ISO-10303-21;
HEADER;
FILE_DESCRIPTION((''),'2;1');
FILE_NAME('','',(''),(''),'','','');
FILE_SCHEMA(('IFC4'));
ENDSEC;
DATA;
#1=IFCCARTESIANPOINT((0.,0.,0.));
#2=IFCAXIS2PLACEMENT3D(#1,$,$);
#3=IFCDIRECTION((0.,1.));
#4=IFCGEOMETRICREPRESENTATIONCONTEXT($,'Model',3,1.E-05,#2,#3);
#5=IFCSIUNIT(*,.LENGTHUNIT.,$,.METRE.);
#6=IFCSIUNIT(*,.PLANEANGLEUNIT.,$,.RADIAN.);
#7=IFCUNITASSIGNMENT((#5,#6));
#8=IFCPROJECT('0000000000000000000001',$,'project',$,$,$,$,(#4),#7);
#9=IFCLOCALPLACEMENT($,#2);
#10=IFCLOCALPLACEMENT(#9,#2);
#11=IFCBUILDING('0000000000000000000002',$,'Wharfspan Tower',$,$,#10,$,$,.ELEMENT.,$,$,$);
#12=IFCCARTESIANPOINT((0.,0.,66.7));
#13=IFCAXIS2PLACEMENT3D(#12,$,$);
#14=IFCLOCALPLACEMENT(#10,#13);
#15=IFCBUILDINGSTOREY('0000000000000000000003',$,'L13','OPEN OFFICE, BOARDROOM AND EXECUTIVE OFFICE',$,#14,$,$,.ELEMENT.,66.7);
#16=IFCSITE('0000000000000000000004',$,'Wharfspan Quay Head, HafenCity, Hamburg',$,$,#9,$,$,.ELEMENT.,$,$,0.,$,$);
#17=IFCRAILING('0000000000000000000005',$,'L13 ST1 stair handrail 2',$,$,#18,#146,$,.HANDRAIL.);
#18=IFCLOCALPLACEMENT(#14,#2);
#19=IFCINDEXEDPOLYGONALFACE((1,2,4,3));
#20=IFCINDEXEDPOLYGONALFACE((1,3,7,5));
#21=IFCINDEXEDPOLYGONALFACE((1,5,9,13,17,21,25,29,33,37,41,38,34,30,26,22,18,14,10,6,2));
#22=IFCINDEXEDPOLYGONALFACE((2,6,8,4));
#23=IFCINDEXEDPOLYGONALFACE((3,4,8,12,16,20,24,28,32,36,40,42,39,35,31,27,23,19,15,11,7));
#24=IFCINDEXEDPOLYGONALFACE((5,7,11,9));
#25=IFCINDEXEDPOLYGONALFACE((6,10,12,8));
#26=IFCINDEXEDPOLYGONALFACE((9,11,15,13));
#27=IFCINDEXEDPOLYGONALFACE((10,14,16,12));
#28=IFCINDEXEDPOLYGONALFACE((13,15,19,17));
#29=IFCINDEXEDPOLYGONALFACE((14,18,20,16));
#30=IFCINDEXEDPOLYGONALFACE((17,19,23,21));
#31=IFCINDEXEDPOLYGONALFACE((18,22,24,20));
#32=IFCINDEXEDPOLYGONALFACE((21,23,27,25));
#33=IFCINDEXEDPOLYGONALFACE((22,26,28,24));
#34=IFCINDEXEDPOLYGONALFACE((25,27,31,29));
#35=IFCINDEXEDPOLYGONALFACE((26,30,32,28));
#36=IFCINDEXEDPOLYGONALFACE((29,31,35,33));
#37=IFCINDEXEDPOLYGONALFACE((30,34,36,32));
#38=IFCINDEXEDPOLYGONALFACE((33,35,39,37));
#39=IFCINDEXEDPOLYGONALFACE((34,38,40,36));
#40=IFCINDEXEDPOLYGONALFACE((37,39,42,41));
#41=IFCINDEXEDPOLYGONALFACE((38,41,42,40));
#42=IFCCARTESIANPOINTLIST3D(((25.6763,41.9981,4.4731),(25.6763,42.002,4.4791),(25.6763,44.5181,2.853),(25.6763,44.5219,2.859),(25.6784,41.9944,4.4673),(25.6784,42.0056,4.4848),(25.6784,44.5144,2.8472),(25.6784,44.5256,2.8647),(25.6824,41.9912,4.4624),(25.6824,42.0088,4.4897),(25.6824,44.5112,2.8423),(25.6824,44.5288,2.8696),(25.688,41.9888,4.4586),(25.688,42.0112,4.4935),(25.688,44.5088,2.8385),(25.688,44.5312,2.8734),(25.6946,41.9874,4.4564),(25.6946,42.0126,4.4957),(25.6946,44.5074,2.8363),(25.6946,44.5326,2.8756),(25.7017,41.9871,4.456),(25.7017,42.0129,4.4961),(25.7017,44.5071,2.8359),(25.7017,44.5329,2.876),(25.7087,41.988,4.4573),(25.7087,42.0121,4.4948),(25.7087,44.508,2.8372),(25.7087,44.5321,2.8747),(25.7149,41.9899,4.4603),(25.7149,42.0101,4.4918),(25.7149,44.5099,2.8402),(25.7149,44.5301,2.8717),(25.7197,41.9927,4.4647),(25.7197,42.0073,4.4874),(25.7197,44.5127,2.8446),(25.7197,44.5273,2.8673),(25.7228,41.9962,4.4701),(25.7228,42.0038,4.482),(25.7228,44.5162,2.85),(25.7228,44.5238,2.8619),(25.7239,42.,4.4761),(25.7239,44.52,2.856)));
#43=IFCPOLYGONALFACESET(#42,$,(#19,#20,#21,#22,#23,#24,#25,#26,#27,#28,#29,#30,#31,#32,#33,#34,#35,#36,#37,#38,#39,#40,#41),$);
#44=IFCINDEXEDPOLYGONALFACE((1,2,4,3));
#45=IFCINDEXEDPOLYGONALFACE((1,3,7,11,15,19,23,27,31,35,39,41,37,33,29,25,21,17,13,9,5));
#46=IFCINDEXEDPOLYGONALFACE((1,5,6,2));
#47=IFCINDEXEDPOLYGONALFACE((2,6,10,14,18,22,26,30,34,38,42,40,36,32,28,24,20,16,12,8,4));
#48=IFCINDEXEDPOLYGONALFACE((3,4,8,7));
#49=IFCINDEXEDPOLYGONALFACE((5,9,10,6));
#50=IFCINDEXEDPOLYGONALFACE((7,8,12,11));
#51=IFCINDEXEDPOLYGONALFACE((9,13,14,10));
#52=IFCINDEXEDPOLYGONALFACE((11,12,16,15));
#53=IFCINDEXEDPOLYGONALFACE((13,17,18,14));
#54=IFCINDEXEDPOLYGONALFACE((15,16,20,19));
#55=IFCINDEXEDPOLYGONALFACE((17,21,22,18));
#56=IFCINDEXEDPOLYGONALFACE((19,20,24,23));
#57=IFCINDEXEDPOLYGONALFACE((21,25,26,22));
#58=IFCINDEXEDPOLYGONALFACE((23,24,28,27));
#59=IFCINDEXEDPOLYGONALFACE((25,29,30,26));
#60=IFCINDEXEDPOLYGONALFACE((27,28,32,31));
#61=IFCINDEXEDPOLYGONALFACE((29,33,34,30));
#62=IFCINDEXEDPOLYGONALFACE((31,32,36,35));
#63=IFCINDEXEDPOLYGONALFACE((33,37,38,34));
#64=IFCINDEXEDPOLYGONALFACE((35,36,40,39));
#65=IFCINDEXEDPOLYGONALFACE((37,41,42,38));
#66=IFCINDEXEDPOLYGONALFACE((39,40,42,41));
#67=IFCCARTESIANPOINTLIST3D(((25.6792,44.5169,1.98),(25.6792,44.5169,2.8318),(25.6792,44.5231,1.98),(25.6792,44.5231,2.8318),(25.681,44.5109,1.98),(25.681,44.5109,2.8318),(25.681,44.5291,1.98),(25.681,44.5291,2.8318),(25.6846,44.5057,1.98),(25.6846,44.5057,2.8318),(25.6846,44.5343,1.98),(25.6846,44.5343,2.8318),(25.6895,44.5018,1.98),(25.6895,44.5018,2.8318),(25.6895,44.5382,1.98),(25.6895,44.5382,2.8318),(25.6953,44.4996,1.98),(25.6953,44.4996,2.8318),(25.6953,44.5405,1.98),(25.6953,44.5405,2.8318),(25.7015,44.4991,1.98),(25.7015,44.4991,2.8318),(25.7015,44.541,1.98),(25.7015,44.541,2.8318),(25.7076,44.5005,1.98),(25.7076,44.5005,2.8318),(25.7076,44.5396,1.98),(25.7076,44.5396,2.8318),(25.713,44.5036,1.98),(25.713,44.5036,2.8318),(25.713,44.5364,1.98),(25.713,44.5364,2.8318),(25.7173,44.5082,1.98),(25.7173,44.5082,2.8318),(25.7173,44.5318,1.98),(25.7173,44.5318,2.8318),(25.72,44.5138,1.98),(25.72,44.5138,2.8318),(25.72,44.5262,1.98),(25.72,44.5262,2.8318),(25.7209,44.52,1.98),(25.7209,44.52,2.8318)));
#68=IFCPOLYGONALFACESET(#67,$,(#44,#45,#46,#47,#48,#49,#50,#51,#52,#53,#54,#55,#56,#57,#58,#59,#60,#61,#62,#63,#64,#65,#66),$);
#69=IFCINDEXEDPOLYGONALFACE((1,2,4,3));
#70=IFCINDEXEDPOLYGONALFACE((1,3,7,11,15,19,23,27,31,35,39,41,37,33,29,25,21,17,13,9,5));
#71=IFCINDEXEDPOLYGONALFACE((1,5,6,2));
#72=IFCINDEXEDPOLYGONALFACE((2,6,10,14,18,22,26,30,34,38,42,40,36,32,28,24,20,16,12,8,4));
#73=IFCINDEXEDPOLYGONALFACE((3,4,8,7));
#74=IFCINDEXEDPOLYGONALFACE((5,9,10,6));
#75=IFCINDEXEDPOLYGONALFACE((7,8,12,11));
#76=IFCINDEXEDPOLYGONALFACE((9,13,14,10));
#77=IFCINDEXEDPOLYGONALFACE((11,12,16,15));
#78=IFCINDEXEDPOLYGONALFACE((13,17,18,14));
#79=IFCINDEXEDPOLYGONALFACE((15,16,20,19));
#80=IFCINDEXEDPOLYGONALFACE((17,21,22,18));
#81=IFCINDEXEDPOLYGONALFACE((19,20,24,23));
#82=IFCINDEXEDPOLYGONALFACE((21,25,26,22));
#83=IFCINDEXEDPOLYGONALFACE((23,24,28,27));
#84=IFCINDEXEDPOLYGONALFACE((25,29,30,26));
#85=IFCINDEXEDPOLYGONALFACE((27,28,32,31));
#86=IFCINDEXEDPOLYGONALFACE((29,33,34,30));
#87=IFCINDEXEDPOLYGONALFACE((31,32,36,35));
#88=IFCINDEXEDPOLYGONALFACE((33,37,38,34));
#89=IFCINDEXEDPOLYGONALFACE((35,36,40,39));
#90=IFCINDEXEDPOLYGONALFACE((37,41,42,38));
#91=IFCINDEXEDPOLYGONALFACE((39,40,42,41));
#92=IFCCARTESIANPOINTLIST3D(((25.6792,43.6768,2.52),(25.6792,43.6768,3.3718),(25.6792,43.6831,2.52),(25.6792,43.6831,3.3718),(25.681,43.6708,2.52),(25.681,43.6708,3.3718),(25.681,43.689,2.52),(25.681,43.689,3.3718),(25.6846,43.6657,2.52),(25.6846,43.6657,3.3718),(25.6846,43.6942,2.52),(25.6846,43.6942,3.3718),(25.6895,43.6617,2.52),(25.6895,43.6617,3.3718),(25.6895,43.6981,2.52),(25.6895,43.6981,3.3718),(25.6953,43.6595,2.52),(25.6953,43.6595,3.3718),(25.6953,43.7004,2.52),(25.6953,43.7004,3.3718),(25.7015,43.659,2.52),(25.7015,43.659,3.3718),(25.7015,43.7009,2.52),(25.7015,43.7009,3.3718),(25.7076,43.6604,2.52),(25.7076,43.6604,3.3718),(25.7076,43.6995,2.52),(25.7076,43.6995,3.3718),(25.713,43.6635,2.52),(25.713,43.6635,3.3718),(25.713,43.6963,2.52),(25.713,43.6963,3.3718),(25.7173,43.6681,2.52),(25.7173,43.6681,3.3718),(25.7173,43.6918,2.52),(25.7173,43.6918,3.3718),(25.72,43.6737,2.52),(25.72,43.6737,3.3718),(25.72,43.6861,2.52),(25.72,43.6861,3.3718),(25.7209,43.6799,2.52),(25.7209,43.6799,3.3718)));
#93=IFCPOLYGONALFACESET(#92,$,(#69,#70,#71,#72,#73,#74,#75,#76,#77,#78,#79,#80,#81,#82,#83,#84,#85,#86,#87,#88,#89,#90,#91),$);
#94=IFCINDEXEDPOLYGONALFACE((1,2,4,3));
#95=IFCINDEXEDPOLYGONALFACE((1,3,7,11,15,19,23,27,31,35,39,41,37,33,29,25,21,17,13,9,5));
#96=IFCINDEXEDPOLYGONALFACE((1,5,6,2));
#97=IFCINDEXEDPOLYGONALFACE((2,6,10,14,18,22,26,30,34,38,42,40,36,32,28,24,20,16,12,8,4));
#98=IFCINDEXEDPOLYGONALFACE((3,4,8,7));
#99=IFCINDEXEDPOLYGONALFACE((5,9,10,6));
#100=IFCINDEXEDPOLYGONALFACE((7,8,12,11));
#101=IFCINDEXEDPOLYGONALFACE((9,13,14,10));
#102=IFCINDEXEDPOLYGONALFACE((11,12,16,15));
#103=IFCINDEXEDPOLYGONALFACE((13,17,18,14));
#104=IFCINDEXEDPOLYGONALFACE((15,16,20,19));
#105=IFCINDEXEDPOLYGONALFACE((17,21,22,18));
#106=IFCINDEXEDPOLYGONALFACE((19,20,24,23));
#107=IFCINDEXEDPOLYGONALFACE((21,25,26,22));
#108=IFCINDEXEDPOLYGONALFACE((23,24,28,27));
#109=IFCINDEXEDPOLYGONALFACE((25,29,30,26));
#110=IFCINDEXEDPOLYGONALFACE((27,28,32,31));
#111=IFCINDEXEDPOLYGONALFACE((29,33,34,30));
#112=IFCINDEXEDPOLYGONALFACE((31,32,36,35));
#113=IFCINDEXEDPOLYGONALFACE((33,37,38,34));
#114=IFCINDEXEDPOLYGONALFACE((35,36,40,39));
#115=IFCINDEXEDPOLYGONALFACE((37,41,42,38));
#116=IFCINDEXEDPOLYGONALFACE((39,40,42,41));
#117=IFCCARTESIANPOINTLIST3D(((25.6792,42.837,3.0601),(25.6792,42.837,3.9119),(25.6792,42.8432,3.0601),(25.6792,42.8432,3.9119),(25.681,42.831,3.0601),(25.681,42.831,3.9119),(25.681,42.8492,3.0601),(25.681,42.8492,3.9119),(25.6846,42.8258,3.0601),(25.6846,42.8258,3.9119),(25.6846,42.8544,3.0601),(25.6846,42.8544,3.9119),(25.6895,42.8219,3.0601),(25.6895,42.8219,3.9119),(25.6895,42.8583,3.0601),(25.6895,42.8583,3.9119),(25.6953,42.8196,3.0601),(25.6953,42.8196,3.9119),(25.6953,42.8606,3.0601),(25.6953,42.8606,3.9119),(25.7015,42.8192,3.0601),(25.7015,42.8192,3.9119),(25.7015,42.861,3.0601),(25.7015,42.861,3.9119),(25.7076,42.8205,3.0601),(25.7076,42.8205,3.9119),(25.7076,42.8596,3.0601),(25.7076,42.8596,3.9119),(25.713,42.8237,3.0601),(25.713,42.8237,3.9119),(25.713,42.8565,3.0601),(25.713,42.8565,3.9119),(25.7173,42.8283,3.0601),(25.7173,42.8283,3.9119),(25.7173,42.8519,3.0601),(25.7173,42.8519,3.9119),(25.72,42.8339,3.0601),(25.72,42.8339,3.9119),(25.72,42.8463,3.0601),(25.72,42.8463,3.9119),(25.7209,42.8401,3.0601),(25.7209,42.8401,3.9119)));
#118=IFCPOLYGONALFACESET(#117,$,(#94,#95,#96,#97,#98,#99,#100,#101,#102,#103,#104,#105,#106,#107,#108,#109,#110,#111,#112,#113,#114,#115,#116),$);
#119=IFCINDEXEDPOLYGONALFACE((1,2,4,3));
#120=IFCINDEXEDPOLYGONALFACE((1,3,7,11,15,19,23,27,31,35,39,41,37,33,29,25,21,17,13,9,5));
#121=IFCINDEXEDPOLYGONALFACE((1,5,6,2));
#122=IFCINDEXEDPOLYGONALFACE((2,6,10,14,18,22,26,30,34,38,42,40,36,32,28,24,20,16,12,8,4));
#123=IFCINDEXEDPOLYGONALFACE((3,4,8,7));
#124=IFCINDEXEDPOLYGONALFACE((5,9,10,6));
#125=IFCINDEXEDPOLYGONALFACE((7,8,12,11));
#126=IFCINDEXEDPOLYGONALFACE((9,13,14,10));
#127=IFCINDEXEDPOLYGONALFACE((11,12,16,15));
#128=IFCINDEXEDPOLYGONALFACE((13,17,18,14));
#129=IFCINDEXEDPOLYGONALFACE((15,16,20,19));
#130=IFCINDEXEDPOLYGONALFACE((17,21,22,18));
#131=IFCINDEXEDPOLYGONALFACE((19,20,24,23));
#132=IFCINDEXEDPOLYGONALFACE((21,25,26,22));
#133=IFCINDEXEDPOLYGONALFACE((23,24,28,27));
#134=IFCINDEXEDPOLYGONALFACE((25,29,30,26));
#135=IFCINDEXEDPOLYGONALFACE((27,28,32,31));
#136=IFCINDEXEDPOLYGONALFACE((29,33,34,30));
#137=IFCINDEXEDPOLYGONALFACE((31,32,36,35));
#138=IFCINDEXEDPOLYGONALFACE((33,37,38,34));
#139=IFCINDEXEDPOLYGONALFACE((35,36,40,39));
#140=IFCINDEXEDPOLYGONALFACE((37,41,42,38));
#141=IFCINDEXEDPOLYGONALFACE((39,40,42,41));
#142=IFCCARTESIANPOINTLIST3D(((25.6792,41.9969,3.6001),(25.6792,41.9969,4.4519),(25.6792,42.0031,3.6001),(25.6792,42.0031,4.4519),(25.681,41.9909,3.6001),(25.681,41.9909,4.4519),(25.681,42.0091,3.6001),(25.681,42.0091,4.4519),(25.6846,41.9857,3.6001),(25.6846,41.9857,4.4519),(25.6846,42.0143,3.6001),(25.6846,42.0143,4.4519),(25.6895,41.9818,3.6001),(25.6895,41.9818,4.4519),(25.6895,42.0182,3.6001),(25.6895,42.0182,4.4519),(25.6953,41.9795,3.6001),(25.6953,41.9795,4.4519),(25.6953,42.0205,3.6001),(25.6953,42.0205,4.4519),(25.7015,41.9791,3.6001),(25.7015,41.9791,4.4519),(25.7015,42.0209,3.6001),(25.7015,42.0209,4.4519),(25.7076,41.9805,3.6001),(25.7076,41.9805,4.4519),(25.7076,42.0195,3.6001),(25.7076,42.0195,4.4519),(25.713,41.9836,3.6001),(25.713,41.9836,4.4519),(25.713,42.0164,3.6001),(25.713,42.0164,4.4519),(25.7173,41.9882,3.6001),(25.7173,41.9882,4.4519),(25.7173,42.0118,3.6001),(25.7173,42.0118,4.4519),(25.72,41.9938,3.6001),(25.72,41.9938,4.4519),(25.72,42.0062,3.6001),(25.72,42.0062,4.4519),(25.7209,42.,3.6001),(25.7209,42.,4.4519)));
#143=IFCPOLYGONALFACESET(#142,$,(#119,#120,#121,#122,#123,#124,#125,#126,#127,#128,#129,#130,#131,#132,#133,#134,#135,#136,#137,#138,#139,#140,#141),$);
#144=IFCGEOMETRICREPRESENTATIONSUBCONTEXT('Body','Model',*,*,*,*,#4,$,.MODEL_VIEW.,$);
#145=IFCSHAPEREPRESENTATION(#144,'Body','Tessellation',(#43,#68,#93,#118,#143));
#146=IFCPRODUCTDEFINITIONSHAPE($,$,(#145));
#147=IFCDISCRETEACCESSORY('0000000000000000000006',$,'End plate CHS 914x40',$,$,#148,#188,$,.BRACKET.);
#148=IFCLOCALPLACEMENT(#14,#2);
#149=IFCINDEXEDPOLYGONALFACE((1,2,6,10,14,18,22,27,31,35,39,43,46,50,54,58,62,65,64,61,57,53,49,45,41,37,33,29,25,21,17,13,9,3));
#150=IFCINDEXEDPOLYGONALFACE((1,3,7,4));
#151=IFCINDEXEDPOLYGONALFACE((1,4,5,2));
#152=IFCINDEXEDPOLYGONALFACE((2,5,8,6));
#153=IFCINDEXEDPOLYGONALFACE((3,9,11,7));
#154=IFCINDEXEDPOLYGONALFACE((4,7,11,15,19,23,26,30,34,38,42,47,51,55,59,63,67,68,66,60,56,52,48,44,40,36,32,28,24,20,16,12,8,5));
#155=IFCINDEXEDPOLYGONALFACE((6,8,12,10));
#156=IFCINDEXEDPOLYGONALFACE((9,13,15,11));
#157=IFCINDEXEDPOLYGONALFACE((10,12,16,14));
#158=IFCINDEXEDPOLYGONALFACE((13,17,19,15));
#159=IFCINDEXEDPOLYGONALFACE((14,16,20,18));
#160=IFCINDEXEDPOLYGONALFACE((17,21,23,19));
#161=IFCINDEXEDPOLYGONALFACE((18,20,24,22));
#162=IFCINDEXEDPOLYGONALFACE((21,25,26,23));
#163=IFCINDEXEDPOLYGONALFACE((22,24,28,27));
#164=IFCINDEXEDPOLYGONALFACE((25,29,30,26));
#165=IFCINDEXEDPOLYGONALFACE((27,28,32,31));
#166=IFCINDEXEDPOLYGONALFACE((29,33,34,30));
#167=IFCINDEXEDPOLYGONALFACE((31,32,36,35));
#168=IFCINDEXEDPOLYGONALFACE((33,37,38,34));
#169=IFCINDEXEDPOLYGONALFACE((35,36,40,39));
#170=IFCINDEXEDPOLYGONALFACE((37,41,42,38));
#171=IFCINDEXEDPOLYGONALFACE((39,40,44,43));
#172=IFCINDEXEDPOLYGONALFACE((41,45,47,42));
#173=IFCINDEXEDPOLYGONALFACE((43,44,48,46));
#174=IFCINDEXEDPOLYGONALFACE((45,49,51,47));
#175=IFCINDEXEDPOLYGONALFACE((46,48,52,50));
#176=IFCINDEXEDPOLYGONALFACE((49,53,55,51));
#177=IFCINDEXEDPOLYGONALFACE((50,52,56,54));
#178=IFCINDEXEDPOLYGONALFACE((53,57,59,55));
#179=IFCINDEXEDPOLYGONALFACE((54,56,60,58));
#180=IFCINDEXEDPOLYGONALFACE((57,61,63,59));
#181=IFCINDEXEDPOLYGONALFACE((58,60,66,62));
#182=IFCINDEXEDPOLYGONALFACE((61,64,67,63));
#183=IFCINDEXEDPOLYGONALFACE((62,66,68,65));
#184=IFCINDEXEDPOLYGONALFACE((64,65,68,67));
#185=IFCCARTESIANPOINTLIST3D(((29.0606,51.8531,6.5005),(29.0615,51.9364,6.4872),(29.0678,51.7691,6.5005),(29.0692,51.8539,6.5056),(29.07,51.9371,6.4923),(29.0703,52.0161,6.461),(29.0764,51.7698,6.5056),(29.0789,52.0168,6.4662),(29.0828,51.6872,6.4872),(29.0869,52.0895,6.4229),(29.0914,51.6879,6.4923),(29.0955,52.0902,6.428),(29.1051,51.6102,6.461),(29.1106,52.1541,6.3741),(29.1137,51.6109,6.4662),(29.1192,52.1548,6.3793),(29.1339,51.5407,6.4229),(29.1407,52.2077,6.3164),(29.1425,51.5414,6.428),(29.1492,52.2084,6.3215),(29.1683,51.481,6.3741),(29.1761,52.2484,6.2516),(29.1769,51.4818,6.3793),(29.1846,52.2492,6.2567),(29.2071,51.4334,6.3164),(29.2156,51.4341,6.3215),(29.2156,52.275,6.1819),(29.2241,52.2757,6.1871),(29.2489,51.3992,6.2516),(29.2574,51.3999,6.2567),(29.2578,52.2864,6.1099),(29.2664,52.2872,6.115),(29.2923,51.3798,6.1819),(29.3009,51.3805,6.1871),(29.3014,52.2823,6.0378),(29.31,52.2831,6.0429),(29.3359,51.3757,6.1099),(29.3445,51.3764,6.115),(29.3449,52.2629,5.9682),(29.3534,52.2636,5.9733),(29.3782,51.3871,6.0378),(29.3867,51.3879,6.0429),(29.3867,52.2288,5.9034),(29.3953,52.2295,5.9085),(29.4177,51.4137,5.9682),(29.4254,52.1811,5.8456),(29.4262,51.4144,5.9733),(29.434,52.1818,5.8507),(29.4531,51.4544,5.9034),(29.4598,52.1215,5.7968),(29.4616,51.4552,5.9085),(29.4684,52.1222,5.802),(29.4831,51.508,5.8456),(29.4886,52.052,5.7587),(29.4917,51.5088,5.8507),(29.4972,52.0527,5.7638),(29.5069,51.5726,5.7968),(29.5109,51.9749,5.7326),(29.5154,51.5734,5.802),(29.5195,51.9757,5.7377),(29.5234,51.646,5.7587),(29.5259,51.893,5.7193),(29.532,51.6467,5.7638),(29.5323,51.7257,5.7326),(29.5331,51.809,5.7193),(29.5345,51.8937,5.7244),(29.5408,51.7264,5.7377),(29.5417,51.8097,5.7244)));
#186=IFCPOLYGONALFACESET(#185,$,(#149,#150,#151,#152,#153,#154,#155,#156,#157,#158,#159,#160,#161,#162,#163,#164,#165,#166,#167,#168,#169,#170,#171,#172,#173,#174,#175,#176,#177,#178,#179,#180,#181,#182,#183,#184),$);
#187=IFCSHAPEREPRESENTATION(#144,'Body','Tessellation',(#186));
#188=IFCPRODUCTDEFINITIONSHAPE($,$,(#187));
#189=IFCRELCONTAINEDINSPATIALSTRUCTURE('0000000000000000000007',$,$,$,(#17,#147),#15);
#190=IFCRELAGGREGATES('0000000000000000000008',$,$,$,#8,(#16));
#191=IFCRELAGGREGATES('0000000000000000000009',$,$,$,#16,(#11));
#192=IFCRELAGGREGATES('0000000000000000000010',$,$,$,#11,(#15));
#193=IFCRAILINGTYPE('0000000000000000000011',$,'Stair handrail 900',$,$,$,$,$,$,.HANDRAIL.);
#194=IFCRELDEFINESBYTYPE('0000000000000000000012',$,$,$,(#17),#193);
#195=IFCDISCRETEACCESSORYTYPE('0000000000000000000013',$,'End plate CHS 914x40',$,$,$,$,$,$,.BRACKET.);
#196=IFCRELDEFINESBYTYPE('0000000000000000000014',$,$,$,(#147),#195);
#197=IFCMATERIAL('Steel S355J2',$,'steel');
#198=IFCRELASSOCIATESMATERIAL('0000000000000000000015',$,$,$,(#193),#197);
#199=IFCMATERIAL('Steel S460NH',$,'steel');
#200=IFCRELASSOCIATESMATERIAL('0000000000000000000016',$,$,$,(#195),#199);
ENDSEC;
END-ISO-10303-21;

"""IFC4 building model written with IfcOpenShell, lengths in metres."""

from ifc_helpers import new_model, si_unit, direction, frame, origin, origin_2d, place, context, subcontext, project, spatial, circle, extrude, material, material_profile, profile_set, type_object, element, save


model = new_model("IFC4")

# Units and contexts
model_context = context("Model", 3, precision=1e-05, world=origin(), true_north=direction((0.0, 1.0)))
body_context = subcontext(model_context, "Body", "Model", "MODEL_VIEW")
ifc_project = project(units=[si_unit("LENGTHUNIT", "METRE"), si_unit("PLANEANGLEUNIT", "RADIAN")], contexts=[model_context])

# Site, building, storey
site_placement = place(None, origin())
site = spatial("IfcSite", under=ifc_project, at=site_placement, Name="Wharfspan Quay Head, HafenCity, Hamburg", CompositionType="ELEMENT", RefElevation=0.0)
building_placement = place(site_placement, origin())
building = spatial("IfcBuilding", under=site, at=building_placement, Name="Wharfspan Tower", CompositionType="ELEMENT")
storey_placement = place(building_placement, frame((0.0, 0.0, 66.7)))
storey = spatial("IfcBuildingStorey", under=building, at=storey_placement, Name="L13", Description="OPEN OFFICE, BOARDROOM AND EXECUTIVE OFFICE", CompositionType="ELEMENT", Elevation=66.7)

# Shared definitions
ifc_material_1 = material(Name="Steel S355J2", Category="steel")

# Shared definitions
ifc_material_2 = material(Name="Steel S460NH", Category="steel")

# Railing
railing_type_1 = type_object("IfcRailingType", Name="Stair handrail 900", PredefinedType="HANDRAIL", material=ifc_material_1)
railing_1_placement = place(storey_placement, frame((25.7, 44.52, 1.98)))
element("IfcRailing", 1, at=railing_1_placement, inside=storey, type_object=railing_type_1, Name="L13 ST1 stair handrail 2", PredefinedType="HANDRAIL", context=body_context, shape_type="SweptSolid", body=[
    extrude(circle(Radius=0.0239, at=origin_2d()), frame((0.0, 0.0, 0.876), z_axis=(0.0, -0.841163, 0.540782), x_axis=(1.0, 0.0, 0.0)), (0.0, 0.0, 1.0), 2.9958),
    extrude(circle(Radius=0.021, at=origin_2d()), origin(), (0.0, 0.0, 1.0), 0.8518),
    extrude(circle(Radius=0.021, at=origin_2d()), frame((0.0, -0.8401, 0.54)), (0.0, 0.0, 1.0), 0.8518),
    extrude(circle(Radius=0.021, at=origin_2d()), frame((0.0, -1.6799, 1.0801)), (0.0, 0.0, 1.0), 0.8518),
    extrude(circle(Radius=0.021, at=origin_2d()), frame((0.0, -2.52, 1.6201)), (0.0, 0.0, 1.0), 0.8518),
])

# Discrete accessory
ifc_material_profile_1 = material_profile(ifc_material_2, circle(Radius=0.457, at=origin_2d()))
ifc_profile_set_1 = profile_set([ifc_material_profile_1], Name="Steel S460NH")
discrete_accessory_type = type_object("IfcDiscreteAccessoryType", Name="End plate CHS 914x40", PredefinedType="BRACKET", material=ifc_profile_set_1)
for number, where, z_axis, x_axis, name in (
    (2, (29.2969, 51.8311, 6.1099), (0.855186, 0.073302, 0.513112), (-0.085402, 0.996345, 0.000001), "End plate CHS 914x40"),
):
    element("IfcDiscreteAccessory", number, at=place(storey_placement, frame(where, z_axis=z_axis, x_axis=x_axis)), inside=storey, type_object=discrete_accessory_type, Name=name, PredefinedType="BRACKET", context=body_context, shape_type="SweptSolid", body=[
        extrude(circle(Radius=0.457, at=origin_2d()), origin(), (0.0, 0.0, 1.0), 0.01),
    ])

save(model, "model.ifc")
